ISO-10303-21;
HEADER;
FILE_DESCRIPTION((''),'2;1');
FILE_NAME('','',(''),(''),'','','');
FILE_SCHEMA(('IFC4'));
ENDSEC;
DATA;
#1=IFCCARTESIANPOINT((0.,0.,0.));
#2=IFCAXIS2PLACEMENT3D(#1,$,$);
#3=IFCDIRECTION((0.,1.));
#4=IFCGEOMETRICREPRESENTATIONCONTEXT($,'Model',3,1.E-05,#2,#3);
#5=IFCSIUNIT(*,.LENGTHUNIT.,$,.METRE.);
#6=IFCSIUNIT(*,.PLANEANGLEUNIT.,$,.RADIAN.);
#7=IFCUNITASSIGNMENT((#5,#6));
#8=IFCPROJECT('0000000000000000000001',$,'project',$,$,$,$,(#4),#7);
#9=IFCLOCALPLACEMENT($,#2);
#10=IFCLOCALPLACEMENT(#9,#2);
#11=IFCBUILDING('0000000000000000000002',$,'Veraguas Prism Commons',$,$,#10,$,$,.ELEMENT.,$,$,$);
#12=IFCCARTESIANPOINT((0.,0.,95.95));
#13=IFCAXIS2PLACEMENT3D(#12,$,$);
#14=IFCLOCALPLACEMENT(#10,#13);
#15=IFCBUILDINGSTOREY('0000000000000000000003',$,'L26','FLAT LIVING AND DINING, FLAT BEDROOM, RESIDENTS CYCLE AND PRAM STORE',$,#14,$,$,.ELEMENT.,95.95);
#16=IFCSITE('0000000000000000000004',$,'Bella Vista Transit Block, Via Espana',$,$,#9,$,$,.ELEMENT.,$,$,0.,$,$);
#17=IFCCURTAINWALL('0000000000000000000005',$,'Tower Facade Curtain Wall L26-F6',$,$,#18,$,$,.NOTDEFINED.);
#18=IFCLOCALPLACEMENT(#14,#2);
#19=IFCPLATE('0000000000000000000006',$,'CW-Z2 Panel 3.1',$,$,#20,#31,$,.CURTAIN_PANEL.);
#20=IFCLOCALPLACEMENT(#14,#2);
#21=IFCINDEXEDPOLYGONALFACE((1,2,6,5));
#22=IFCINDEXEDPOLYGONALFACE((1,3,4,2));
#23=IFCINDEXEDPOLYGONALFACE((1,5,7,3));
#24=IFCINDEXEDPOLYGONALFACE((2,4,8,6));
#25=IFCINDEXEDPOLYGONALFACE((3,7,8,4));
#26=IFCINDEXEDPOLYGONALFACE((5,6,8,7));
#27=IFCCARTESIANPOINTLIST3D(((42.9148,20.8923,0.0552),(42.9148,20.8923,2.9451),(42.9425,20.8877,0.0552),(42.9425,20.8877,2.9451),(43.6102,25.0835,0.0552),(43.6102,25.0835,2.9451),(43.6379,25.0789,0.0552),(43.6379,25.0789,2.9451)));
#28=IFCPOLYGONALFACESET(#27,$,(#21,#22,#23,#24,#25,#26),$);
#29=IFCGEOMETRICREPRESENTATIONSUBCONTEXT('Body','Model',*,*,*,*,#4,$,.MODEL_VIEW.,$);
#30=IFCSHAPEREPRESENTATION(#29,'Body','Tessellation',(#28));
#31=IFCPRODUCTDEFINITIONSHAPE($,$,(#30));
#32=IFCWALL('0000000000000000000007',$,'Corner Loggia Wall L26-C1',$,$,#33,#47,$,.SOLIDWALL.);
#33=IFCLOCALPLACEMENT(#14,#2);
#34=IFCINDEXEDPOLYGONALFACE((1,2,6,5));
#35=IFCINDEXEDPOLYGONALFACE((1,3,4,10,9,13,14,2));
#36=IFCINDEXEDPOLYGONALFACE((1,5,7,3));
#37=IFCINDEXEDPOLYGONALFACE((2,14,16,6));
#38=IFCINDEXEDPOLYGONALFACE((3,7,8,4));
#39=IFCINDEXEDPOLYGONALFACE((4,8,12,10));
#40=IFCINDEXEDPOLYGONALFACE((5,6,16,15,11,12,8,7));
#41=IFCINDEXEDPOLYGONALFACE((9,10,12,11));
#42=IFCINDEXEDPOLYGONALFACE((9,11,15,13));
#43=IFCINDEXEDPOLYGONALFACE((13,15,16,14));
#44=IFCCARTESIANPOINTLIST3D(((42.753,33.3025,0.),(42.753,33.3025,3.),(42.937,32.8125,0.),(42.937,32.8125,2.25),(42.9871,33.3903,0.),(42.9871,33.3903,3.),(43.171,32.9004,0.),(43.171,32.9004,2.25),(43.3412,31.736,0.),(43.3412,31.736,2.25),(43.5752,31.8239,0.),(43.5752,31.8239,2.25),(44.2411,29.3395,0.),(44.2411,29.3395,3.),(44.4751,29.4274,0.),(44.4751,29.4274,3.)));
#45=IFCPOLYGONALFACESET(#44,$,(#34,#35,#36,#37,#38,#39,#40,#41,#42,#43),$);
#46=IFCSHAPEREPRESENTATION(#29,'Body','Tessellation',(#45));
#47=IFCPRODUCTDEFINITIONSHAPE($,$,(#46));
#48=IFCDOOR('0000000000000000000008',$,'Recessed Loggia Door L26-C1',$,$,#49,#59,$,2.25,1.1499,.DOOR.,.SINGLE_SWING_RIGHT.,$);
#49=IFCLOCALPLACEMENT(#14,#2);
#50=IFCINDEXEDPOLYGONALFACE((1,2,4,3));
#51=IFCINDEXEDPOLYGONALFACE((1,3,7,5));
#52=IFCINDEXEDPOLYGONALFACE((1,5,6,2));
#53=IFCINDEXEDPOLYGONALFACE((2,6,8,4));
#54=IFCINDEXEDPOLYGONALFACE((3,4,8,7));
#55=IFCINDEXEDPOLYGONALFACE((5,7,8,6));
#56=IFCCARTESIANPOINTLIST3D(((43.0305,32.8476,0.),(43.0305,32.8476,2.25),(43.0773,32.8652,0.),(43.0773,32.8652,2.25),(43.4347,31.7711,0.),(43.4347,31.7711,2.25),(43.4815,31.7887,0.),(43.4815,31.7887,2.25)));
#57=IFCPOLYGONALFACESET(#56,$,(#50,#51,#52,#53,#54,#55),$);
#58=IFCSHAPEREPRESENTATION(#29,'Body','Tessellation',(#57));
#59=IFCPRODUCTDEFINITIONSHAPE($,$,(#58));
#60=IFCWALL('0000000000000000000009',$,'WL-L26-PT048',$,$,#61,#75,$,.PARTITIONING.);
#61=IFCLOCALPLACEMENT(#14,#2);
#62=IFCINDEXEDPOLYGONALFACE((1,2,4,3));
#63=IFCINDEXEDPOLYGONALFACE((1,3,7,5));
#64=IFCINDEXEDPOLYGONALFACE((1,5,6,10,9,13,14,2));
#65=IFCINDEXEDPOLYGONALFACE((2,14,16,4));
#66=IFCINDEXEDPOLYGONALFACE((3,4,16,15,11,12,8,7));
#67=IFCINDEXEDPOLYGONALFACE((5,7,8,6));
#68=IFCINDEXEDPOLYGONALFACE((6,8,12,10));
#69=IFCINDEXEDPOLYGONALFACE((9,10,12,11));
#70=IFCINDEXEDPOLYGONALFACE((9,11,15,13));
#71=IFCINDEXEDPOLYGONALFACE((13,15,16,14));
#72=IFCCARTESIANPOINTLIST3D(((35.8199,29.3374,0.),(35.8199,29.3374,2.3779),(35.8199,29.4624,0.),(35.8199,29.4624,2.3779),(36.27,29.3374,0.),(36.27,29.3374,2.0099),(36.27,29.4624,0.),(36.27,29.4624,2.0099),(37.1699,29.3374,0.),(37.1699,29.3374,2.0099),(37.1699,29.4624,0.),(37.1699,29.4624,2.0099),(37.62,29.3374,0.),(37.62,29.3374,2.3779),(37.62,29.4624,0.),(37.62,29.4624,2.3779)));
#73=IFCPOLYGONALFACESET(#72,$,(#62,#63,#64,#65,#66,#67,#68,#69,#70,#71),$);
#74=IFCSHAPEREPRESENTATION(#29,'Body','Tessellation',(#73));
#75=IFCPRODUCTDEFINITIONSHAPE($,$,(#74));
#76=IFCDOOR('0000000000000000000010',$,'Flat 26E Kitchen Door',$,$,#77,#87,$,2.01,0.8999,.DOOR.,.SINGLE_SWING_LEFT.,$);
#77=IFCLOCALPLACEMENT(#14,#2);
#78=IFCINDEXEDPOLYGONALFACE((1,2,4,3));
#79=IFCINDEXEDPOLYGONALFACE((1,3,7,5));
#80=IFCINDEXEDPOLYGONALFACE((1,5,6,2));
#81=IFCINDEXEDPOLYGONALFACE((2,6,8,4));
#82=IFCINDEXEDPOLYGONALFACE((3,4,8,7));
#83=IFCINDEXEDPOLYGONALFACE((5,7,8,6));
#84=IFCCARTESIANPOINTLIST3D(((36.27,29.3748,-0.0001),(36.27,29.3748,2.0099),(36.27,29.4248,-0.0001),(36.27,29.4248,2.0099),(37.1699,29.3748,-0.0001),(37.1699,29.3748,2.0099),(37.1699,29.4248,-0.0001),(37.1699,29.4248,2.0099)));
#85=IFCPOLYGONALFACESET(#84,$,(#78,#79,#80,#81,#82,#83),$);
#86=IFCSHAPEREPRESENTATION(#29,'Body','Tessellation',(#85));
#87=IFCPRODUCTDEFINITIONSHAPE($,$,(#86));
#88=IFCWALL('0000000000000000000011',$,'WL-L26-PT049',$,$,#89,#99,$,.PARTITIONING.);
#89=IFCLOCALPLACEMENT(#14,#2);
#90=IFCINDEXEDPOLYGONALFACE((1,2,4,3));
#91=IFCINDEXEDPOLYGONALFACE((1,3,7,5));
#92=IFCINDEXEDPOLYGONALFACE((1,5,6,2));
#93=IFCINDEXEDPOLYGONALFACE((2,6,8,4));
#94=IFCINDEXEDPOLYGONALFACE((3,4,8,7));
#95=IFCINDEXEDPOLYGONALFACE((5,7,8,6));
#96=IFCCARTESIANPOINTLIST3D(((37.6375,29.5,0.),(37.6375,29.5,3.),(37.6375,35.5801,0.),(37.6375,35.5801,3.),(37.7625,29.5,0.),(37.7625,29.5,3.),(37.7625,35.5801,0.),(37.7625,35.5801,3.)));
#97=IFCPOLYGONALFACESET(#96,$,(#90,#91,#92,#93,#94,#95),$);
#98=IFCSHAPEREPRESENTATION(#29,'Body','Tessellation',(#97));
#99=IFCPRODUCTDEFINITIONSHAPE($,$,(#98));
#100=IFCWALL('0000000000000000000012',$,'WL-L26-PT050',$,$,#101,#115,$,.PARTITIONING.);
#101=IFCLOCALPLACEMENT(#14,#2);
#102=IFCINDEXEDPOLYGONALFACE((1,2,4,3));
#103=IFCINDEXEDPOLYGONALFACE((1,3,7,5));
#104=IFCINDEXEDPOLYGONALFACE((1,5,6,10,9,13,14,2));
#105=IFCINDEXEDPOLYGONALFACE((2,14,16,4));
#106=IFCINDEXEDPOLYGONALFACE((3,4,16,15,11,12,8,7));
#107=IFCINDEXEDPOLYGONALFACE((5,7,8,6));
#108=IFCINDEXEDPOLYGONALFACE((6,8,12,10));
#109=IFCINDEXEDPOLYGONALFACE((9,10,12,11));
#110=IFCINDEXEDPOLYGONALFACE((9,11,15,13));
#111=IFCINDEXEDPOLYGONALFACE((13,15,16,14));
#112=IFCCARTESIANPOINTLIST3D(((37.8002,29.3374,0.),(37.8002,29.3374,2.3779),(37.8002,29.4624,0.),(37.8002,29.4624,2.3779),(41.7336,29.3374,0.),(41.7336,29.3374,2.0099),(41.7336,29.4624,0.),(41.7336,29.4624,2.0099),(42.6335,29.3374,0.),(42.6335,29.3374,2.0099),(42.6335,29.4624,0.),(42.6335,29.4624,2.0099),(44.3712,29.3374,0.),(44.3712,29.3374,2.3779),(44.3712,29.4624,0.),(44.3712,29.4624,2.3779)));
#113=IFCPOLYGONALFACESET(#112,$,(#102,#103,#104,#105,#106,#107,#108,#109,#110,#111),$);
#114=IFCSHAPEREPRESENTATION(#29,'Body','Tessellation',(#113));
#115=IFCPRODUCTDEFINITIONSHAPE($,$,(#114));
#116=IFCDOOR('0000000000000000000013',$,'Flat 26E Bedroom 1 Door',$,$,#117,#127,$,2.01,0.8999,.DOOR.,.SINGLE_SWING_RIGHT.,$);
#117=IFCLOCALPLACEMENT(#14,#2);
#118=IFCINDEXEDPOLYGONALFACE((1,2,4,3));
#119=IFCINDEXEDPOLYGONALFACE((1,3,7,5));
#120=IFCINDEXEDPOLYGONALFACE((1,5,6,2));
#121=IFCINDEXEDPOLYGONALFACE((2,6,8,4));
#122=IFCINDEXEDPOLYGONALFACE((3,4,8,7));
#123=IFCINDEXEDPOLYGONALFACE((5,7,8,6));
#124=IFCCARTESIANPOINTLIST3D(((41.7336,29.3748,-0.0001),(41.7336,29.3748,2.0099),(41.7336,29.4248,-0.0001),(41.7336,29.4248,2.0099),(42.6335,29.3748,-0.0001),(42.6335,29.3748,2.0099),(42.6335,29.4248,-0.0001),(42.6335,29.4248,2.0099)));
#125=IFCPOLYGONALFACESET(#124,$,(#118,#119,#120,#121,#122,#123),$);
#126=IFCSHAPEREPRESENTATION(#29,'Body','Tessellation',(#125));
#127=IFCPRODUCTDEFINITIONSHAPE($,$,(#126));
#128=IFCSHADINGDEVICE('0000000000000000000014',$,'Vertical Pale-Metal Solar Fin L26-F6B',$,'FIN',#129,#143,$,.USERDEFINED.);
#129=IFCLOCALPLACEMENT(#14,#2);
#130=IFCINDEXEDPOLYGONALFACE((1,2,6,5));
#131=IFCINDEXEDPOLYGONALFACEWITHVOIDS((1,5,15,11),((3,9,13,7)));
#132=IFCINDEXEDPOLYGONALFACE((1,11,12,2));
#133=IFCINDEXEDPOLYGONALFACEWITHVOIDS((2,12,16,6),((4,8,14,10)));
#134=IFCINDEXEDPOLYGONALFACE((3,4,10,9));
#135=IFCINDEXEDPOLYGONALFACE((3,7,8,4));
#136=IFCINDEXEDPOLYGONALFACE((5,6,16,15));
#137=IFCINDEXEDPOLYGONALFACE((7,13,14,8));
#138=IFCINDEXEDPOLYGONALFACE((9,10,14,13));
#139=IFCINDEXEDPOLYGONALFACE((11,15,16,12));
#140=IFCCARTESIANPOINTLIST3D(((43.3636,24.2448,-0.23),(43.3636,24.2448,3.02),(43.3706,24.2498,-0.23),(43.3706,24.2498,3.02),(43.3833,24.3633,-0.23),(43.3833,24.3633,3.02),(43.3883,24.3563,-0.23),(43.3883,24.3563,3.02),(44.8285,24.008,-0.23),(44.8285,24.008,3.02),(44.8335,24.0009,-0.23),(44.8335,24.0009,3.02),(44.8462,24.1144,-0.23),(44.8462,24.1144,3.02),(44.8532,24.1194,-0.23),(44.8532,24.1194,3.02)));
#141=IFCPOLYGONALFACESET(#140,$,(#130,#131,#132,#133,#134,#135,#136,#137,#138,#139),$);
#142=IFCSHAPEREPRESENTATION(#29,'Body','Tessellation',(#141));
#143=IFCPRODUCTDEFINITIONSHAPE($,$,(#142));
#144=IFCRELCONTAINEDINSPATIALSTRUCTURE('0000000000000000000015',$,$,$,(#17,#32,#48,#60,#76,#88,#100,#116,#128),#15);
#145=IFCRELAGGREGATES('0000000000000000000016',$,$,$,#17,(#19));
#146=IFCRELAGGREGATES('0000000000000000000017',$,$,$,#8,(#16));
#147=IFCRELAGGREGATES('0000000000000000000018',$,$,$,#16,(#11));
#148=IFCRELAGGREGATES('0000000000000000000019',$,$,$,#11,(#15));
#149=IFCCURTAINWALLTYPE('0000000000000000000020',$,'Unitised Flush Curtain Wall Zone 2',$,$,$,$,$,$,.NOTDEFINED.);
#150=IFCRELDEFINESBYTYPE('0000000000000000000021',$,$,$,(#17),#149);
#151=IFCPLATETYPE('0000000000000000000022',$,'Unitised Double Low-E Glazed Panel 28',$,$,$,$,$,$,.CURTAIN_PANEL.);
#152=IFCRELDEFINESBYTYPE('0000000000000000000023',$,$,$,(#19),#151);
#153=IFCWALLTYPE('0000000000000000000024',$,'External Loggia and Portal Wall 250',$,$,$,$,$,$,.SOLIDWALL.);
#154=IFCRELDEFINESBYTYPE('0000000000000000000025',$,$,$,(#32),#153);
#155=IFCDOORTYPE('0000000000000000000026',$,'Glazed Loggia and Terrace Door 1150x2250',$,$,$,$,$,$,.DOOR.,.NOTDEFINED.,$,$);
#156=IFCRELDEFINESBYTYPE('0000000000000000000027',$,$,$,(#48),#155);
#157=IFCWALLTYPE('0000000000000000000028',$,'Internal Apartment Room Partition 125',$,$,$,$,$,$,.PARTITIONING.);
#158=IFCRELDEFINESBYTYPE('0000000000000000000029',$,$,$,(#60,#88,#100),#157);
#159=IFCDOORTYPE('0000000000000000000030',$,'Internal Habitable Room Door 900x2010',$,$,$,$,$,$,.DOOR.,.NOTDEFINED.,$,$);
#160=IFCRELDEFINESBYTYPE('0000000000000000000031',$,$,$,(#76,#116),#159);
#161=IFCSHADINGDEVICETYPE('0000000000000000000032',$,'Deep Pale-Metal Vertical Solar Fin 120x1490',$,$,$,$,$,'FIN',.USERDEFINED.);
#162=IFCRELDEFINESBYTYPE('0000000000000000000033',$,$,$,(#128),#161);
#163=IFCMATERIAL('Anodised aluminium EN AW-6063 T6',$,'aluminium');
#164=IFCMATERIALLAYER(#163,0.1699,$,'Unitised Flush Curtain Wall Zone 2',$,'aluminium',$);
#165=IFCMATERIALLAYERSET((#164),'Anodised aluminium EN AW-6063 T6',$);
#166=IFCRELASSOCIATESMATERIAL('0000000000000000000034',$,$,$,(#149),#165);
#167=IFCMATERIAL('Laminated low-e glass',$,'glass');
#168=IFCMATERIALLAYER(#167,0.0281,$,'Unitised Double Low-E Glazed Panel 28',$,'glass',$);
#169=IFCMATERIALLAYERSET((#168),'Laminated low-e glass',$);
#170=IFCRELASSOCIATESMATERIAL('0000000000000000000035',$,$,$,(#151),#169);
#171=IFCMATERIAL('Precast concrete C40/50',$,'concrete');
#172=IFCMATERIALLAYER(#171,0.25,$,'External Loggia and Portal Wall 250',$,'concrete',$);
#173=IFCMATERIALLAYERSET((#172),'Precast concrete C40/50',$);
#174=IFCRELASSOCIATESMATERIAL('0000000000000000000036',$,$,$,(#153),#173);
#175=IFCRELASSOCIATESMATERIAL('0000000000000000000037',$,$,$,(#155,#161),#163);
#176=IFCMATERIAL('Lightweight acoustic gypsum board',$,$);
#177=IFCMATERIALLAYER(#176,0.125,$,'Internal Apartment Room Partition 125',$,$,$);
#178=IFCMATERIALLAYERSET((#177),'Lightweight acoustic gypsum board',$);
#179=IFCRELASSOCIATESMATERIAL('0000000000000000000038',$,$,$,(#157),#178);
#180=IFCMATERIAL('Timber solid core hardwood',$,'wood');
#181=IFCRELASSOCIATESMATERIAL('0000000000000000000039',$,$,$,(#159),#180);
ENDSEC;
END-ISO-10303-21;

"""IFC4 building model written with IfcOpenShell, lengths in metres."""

from ifc_helpers import new_model, si_unit, direction, frame, frame_2d, origin, origin_2d, place, context, subcontext, project, spatial, rectangle, hollow_rectangle, extrude, source, transform, mapped, material, layer, layer_set, material_profile, profile_set, type_object, element, fill, aggregate, save


model = new_model("IFC4")

# Units and contexts
model_context = context("Model", 3, precision=1e-05, world=origin(), true_north=direction((0.0, 1.0)))
body_context = subcontext(model_context, "Body", "Model", "MODEL_VIEW")
ifc_project = project(units=[si_unit("LENGTHUNIT", "METRE"), si_unit("PLANEANGLEUNIT", "RADIAN")], contexts=[model_context])

# Site, building, storey
site_placement = place(None, origin())
site = spatial("IfcSite", under=ifc_project, at=site_placement, Name="Bella Vista Transit Block, Via Espana", CompositionType="ELEMENT", RefElevation=0.0)
building_placement = place(site_placement, origin())
building = spatial("IfcBuilding", under=site, at=building_placement, Name="Veraguas Prism Commons", CompositionType="ELEMENT")
storey_placement = place(building_placement, frame((0.0, 0.0, 95.95)))
storey = spatial("IfcBuildingStorey", under=building, at=storey_placement, Name="L26", Description="FLAT LIVING AND DINING, FLAT BEDROOM, RESIDENTS CYCLE AND PRAM STORE", CompositionType="ELEMENT", Elevation=95.95)

# Shared definitions
ifc_material_1 = material(Name="Anodised aluminium EN AW-6063 T6", Category="aluminium")
ifc_layer_1 = layer(ifc_material_1, 0.1699, Name="Unitised Flush Curtain Wall Zone 2", Category="aluminium")
ifc_layer_set_1 = layer_set([ifc_layer_1], Name="Anodised aluminium EN AW-6063 T6")
curtain_wall_type = type_object("IfcCurtainWallType", Name="Unitised Flush Curtain Wall Zone 2", PredefinedType="NOTDEFINED", material=ifc_layer_set_1)

# Curtain wall
curtain_wall_1_placement = place(storey_placement, origin())
curtain_wall_1 = element("IfcCurtainWall", 1, at=curtain_wall_1_placement, inside=storey, type_object=curtain_wall_type, Name="Tower Facade Curtain Wall L26-F6", PredefinedType="NOTDEFINED")

# Plate
ifc_material_2 = material(Name="Laminated low-e glass", Category="glass")
ifc_layer_2 = layer(ifc_material_2, 0.0281, Name="Unitised Double Low-E Glazed Panel 28", Category="glass")
ifc_layer_set_2 = layer_set([ifc_layer_2], Name="Laminated low-e glass")
plate_type = type_object("IfcPlateType", Name="Unitised Double Low-E Glazed Panel 28", PredefinedType="CURTAIN_PANEL", material=ifc_layer_set_2)
shared_shape_1 = source(origin(), body_context, "Body", "SweptSolid", [
    extrude(rectangle(XDim=4.2485, YDim=0.0281, at=origin_2d()), origin(), (0.0, 0.0, 1.0), 2.8899),
])
plate_1_placement = place(storey_placement, frame((43.2764, 22.9856, 0.0552), z_axis=(0.0, 0.0, 1.0), x_axis=(0.163672, 0.986515, 0.0)))
plate_1 = element("IfcPlate", 2, at=plate_1_placement, type_object=plate_type, Name="CW-Z2 Panel 3.1", PredefinedType="CURTAIN_PANEL", context=body_context, shape_type="MappedRepresentation", body=[
    mapped(shared_shape_1, transform((0.0, 0.0, 0.0), scale=1.0)),
])
aggregate(curtain_wall_1, [plate_1])

# Walls, openings, doors
ifc_material_3 = material(Name="Precast concrete C40/50", Category="concrete")
ifc_layer_3 = layer(ifc_material_3, 0.25, Name="External Loggia and Portal Wall 250", Category="concrete")
ifc_layer_set_3 = layer_set([ifc_layer_3], Name="Precast concrete C40/50")
wall_type_1 = type_object("IfcWallType", Name="External Loggia and Portal Wall 250", PredefinedType="SOLIDWALL", material=ifc_layer_set_3)
wall_1_placement = place(storey_placement, frame((44.3582, 29.3833, 0.0), z_axis=(0.0, 0.0, 1.0), x_axis=(-0.351528, 0.936177, 0.0)))
wall_1 = element("IfcWall", 3, at=wall_1_placement, inside=storey, type_object=wall_type_1, Name="Corner Loggia Wall L26-C1", PredefinedType="SOLIDWALL", context=body_context, shape_type="SweptSolid", body=[
    extrude(rectangle(XDim=4.2332, YDim=0.25, at=frame_2d((2.1167, 0.0))), origin(), (0.0, 0.0, 1.0), 3.0),
])
opening_1_placement = place(wall_1_placement, frame((2.5601, 0.0, 0.0)))
opening_1 = element("IfcOpeningElement", 4, at=opening_1_placement, cuts=wall_1, PredefinedType="OPENING", context=body_context, shape_type="SweptSolid", body=[
    extrude(rectangle(XDim=1.1499, YDim=2.25, at=frame_2d((0.575, 1.125))), frame((0.0, 0.135, 0.0), z_axis=(0.0, -1.0, 0.0), x_axis=(1.0, 0.0, 0.0)), (0.0, 0.0, 1.0), 0.27),
])
door_type_1 = type_object("IfcDoorType", Name="Glazed Loggia and Terrace Door 1150x2250", OperationType="NOTDEFINED", PredefinedType="DOOR", material=ifc_material_1)
shared_shape_2 = source(origin(), body_context, "Body", "SweptSolid", [
    extrude(rectangle(XDim=1.1499, YDim=2.25, at=frame_2d((0.575, 1.125))), frame((0.0, 0.0249, 0.0), z_axis=(0.0, -1.0, 0.0), x_axis=(1.0, 0.0, 0.0)), (0.0, 0.0, 1.0), 0.05),
])
door_1_placement = place(opening_1_placement, frame((1.1499, 0.0, 0.0), z_axis=(0.0, 0.0, 1.0), x_axis=(-1.0, 0.0, 0.0)))
door_1 = element("IfcDoor", 5, at=door_1_placement, inside=storey, type_object=door_type_1, Name="Recessed Loggia Door L26-C1", OperationType="SINGLE_SWING_RIGHT", OverallHeight=2.25, OverallWidth=1.1499, PredefinedType="DOOR", context=body_context, shape_type="MappedRepresentation", body=[
    mapped(shared_shape_2, transform((0.0, 0.0, 0.0), scale=1.0)),
])
fill(opening_1, door_1)
ifc_material_4 = material(Name="Lightweight acoustic gypsum board")
ifc_layer_4 = layer(ifc_material_4, 0.125, Name="Internal Apartment Room Partition 125")
ifc_layer_set_4 = layer_set([ifc_layer_4], Name="Lightweight acoustic gypsum board")
wall_type_2 = type_object("IfcWallType", Name="Internal Apartment Room Partition 125", PredefinedType="PARTITIONING", material=ifc_layer_set_4)
wall_2_placement = place(storey_placement, frame((35.8201, 29.3999, 0.0), z_axis=(0.0, 0.0, 1.0), x_axis=(1.0, 0.0, 0.0)))
wall_2 = element("IfcWall", 6, at=wall_2_placement, inside=storey, type_object=wall_type_2, Name="WL-L26-PT048", PredefinedType="PARTITIONING", context=body_context, shape_type="SweptSolid", body=[
    extrude(rectangle(XDim=1.8, YDim=0.125, at=frame_2d((0.8999, 0.0))), origin(), (0.0, 0.0, 1.0), 2.3779),
])
opening_2_placement = place(wall_2_placement, frame((0.45, 0.0, 0.0)))
opening_2 = element("IfcOpeningElement", 7, at=opening_2_placement, cuts=wall_2, PredefinedType="OPENING", context=body_context, shape_type="SweptSolid", body=[
    extrude(rectangle(XDim=0.8999, YDim=2.01, at=frame_2d((0.45, 1.0049))), frame((0.0, 0.0725, 0.0), z_axis=(0.0, -1.0, 0.0), x_axis=(1.0, 0.0, 0.0)), (0.0, 0.0, 1.0), 0.145),
])
ifc_material_5 = material(Name="Timber solid core hardwood", Category="wood")
door_type_2 = type_object("IfcDoorType", Name="Internal Habitable Room Door 900x2010", OperationType="NOTDEFINED", PredefinedType="DOOR", material=ifc_material_5)
shared_shape_3 = source(origin(), body_context, "Body", "SweptSolid", [
    extrude(rectangle(XDim=0.8999, YDim=2.01, at=frame_2d((0.45, 1.0049))), frame((0.0, 0.0249, 0.0), z_axis=(0.0, -1.0, 0.0), x_axis=(1.0, 0.0, 0.0)), (0.0, 0.0, 1.0), 0.05),
])
door_2_placement = place(opening_2_placement, origin())
door_2 = element("IfcDoor", 8, at=door_2_placement, inside=storey, type_object=door_type_2, Name="Flat 26E Kitchen Door", OperationType="SINGLE_SWING_LEFT", OverallHeight=2.01, OverallWidth=0.8999, PredefinedType="DOOR", context=body_context, shape_type="MappedRepresentation", body=[
    mapped(shared_shape_3, transform((0.0, 0.0, 0.0), scale=1.0)),
])
fill(opening_2, door_2)

# Wall
wall_3_placement = place(storey_placement, frame((37.7, 29.5, 0.0), z_axis=(0.0, 0.0, 1.0), x_axis=(0.0, 1.0, 0.0)))
element("IfcWall", 9, at=wall_3_placement, inside=storey, type_object=wall_type_2, Name="WL-L26-PT049", PredefinedType="PARTITIONING", context=body_context, shape_type="SweptSolid", body=[
    extrude(rectangle(XDim=6.0801, YDim=0.125, at=frame_2d((3.04, 0.0))), origin(), (0.0, 0.0, 1.0), 3.0),
])

# Wall, opening, door
wall_4_placement = place(storey_placement, frame((37.8, 29.3999, 0.0), z_axis=(0.0, 0.0, 1.0), x_axis=(1.0, 0.0, 0.0)))
wall_4 = element("IfcWall", 10, at=wall_4_placement, inside=storey, type_object=wall_type_2, Name="WL-L26-PT050", PredefinedType="PARTITIONING", context=body_context, shape_type="SweptSolid", body=[
    extrude(rectangle(XDim=6.571, YDim=0.125, at=frame_2d((3.2856, 0.0))), origin(), (0.0, 0.0, 1.0), 2.3779),
])
opening_3_placement = place(wall_4_placement, frame((3.9336, 0.0, 0.0)))
opening_3 = element("IfcOpeningElement", 11, at=opening_3_placement, cuts=wall_4, PredefinedType="OPENING", context=body_context, shape_type="SweptSolid", body=[
    extrude(rectangle(XDim=0.8999, YDim=2.01, at=frame_2d((0.45, 1.0049))), frame((0.0, 0.0725, 0.0), z_axis=(0.0, -1.0, 0.0), x_axis=(1.0, 0.0, 0.0)), (0.0, 0.0, 1.0), 0.145),
])
door_3_placement = place(opening_3_placement, origin())
door_3 = element("IfcDoor", 12, at=door_3_placement, inside=storey, type_object=door_type_2, Name="Flat 26E Bedroom 1 Door", OperationType="SINGLE_SWING_RIGHT", OverallHeight=2.01, OverallWidth=0.8999, PredefinedType="DOOR", context=body_context, shape_type="MappedRepresentation", body=[
    mapped(shared_shape_3, transform((0.0, 0.0, 0.0), scale=1.0)),
])
fill(opening_3, door_3)

# Shading device
ifc_material_profile_1 = material_profile(ifc_material_1, hollow_rectangle(XDim=0.1201, YDim=1.49, WallThickness=0.0061, at=origin_2d()), Name="FIN120X1490X6")
ifc_profile_set_1 = profile_set([ifc_material_profile_1], Name="Anodised aluminium EN AW-6063 T6")
shading_device_type = type_object("IfcShadingDeviceType", Name="Deep Pale-Metal Vertical Solar Fin 120x1490", ElementType="FIN", PredefinedType="USERDEFINED", material=ifc_profile_set_1)
shading_device_placement = place(storey_placement, frame((44.1084, 24.1821, -0.23), z_axis=(0.0, 0.0, 1.0), x_axis=(0.16367, 0.986515, 0.0)))
element("IfcShadingDevice", 13, at=shading_device_placement, inside=storey, type_object=shading_device_type, Name="Vertical Pale-Metal Solar Fin L26-F6B", ObjectType="FIN", PredefinedType="USERDEFINED", context=body_context, shape_type="SweptSolid", body=[
    extrude(hollow_rectangle(XDim=0.1201, YDim=1.49, WallThickness=0.0061, at=origin_2d()), origin(), (0.0, 0.0, 1.0), 3.25),
])

save(model, "model.ifc")
